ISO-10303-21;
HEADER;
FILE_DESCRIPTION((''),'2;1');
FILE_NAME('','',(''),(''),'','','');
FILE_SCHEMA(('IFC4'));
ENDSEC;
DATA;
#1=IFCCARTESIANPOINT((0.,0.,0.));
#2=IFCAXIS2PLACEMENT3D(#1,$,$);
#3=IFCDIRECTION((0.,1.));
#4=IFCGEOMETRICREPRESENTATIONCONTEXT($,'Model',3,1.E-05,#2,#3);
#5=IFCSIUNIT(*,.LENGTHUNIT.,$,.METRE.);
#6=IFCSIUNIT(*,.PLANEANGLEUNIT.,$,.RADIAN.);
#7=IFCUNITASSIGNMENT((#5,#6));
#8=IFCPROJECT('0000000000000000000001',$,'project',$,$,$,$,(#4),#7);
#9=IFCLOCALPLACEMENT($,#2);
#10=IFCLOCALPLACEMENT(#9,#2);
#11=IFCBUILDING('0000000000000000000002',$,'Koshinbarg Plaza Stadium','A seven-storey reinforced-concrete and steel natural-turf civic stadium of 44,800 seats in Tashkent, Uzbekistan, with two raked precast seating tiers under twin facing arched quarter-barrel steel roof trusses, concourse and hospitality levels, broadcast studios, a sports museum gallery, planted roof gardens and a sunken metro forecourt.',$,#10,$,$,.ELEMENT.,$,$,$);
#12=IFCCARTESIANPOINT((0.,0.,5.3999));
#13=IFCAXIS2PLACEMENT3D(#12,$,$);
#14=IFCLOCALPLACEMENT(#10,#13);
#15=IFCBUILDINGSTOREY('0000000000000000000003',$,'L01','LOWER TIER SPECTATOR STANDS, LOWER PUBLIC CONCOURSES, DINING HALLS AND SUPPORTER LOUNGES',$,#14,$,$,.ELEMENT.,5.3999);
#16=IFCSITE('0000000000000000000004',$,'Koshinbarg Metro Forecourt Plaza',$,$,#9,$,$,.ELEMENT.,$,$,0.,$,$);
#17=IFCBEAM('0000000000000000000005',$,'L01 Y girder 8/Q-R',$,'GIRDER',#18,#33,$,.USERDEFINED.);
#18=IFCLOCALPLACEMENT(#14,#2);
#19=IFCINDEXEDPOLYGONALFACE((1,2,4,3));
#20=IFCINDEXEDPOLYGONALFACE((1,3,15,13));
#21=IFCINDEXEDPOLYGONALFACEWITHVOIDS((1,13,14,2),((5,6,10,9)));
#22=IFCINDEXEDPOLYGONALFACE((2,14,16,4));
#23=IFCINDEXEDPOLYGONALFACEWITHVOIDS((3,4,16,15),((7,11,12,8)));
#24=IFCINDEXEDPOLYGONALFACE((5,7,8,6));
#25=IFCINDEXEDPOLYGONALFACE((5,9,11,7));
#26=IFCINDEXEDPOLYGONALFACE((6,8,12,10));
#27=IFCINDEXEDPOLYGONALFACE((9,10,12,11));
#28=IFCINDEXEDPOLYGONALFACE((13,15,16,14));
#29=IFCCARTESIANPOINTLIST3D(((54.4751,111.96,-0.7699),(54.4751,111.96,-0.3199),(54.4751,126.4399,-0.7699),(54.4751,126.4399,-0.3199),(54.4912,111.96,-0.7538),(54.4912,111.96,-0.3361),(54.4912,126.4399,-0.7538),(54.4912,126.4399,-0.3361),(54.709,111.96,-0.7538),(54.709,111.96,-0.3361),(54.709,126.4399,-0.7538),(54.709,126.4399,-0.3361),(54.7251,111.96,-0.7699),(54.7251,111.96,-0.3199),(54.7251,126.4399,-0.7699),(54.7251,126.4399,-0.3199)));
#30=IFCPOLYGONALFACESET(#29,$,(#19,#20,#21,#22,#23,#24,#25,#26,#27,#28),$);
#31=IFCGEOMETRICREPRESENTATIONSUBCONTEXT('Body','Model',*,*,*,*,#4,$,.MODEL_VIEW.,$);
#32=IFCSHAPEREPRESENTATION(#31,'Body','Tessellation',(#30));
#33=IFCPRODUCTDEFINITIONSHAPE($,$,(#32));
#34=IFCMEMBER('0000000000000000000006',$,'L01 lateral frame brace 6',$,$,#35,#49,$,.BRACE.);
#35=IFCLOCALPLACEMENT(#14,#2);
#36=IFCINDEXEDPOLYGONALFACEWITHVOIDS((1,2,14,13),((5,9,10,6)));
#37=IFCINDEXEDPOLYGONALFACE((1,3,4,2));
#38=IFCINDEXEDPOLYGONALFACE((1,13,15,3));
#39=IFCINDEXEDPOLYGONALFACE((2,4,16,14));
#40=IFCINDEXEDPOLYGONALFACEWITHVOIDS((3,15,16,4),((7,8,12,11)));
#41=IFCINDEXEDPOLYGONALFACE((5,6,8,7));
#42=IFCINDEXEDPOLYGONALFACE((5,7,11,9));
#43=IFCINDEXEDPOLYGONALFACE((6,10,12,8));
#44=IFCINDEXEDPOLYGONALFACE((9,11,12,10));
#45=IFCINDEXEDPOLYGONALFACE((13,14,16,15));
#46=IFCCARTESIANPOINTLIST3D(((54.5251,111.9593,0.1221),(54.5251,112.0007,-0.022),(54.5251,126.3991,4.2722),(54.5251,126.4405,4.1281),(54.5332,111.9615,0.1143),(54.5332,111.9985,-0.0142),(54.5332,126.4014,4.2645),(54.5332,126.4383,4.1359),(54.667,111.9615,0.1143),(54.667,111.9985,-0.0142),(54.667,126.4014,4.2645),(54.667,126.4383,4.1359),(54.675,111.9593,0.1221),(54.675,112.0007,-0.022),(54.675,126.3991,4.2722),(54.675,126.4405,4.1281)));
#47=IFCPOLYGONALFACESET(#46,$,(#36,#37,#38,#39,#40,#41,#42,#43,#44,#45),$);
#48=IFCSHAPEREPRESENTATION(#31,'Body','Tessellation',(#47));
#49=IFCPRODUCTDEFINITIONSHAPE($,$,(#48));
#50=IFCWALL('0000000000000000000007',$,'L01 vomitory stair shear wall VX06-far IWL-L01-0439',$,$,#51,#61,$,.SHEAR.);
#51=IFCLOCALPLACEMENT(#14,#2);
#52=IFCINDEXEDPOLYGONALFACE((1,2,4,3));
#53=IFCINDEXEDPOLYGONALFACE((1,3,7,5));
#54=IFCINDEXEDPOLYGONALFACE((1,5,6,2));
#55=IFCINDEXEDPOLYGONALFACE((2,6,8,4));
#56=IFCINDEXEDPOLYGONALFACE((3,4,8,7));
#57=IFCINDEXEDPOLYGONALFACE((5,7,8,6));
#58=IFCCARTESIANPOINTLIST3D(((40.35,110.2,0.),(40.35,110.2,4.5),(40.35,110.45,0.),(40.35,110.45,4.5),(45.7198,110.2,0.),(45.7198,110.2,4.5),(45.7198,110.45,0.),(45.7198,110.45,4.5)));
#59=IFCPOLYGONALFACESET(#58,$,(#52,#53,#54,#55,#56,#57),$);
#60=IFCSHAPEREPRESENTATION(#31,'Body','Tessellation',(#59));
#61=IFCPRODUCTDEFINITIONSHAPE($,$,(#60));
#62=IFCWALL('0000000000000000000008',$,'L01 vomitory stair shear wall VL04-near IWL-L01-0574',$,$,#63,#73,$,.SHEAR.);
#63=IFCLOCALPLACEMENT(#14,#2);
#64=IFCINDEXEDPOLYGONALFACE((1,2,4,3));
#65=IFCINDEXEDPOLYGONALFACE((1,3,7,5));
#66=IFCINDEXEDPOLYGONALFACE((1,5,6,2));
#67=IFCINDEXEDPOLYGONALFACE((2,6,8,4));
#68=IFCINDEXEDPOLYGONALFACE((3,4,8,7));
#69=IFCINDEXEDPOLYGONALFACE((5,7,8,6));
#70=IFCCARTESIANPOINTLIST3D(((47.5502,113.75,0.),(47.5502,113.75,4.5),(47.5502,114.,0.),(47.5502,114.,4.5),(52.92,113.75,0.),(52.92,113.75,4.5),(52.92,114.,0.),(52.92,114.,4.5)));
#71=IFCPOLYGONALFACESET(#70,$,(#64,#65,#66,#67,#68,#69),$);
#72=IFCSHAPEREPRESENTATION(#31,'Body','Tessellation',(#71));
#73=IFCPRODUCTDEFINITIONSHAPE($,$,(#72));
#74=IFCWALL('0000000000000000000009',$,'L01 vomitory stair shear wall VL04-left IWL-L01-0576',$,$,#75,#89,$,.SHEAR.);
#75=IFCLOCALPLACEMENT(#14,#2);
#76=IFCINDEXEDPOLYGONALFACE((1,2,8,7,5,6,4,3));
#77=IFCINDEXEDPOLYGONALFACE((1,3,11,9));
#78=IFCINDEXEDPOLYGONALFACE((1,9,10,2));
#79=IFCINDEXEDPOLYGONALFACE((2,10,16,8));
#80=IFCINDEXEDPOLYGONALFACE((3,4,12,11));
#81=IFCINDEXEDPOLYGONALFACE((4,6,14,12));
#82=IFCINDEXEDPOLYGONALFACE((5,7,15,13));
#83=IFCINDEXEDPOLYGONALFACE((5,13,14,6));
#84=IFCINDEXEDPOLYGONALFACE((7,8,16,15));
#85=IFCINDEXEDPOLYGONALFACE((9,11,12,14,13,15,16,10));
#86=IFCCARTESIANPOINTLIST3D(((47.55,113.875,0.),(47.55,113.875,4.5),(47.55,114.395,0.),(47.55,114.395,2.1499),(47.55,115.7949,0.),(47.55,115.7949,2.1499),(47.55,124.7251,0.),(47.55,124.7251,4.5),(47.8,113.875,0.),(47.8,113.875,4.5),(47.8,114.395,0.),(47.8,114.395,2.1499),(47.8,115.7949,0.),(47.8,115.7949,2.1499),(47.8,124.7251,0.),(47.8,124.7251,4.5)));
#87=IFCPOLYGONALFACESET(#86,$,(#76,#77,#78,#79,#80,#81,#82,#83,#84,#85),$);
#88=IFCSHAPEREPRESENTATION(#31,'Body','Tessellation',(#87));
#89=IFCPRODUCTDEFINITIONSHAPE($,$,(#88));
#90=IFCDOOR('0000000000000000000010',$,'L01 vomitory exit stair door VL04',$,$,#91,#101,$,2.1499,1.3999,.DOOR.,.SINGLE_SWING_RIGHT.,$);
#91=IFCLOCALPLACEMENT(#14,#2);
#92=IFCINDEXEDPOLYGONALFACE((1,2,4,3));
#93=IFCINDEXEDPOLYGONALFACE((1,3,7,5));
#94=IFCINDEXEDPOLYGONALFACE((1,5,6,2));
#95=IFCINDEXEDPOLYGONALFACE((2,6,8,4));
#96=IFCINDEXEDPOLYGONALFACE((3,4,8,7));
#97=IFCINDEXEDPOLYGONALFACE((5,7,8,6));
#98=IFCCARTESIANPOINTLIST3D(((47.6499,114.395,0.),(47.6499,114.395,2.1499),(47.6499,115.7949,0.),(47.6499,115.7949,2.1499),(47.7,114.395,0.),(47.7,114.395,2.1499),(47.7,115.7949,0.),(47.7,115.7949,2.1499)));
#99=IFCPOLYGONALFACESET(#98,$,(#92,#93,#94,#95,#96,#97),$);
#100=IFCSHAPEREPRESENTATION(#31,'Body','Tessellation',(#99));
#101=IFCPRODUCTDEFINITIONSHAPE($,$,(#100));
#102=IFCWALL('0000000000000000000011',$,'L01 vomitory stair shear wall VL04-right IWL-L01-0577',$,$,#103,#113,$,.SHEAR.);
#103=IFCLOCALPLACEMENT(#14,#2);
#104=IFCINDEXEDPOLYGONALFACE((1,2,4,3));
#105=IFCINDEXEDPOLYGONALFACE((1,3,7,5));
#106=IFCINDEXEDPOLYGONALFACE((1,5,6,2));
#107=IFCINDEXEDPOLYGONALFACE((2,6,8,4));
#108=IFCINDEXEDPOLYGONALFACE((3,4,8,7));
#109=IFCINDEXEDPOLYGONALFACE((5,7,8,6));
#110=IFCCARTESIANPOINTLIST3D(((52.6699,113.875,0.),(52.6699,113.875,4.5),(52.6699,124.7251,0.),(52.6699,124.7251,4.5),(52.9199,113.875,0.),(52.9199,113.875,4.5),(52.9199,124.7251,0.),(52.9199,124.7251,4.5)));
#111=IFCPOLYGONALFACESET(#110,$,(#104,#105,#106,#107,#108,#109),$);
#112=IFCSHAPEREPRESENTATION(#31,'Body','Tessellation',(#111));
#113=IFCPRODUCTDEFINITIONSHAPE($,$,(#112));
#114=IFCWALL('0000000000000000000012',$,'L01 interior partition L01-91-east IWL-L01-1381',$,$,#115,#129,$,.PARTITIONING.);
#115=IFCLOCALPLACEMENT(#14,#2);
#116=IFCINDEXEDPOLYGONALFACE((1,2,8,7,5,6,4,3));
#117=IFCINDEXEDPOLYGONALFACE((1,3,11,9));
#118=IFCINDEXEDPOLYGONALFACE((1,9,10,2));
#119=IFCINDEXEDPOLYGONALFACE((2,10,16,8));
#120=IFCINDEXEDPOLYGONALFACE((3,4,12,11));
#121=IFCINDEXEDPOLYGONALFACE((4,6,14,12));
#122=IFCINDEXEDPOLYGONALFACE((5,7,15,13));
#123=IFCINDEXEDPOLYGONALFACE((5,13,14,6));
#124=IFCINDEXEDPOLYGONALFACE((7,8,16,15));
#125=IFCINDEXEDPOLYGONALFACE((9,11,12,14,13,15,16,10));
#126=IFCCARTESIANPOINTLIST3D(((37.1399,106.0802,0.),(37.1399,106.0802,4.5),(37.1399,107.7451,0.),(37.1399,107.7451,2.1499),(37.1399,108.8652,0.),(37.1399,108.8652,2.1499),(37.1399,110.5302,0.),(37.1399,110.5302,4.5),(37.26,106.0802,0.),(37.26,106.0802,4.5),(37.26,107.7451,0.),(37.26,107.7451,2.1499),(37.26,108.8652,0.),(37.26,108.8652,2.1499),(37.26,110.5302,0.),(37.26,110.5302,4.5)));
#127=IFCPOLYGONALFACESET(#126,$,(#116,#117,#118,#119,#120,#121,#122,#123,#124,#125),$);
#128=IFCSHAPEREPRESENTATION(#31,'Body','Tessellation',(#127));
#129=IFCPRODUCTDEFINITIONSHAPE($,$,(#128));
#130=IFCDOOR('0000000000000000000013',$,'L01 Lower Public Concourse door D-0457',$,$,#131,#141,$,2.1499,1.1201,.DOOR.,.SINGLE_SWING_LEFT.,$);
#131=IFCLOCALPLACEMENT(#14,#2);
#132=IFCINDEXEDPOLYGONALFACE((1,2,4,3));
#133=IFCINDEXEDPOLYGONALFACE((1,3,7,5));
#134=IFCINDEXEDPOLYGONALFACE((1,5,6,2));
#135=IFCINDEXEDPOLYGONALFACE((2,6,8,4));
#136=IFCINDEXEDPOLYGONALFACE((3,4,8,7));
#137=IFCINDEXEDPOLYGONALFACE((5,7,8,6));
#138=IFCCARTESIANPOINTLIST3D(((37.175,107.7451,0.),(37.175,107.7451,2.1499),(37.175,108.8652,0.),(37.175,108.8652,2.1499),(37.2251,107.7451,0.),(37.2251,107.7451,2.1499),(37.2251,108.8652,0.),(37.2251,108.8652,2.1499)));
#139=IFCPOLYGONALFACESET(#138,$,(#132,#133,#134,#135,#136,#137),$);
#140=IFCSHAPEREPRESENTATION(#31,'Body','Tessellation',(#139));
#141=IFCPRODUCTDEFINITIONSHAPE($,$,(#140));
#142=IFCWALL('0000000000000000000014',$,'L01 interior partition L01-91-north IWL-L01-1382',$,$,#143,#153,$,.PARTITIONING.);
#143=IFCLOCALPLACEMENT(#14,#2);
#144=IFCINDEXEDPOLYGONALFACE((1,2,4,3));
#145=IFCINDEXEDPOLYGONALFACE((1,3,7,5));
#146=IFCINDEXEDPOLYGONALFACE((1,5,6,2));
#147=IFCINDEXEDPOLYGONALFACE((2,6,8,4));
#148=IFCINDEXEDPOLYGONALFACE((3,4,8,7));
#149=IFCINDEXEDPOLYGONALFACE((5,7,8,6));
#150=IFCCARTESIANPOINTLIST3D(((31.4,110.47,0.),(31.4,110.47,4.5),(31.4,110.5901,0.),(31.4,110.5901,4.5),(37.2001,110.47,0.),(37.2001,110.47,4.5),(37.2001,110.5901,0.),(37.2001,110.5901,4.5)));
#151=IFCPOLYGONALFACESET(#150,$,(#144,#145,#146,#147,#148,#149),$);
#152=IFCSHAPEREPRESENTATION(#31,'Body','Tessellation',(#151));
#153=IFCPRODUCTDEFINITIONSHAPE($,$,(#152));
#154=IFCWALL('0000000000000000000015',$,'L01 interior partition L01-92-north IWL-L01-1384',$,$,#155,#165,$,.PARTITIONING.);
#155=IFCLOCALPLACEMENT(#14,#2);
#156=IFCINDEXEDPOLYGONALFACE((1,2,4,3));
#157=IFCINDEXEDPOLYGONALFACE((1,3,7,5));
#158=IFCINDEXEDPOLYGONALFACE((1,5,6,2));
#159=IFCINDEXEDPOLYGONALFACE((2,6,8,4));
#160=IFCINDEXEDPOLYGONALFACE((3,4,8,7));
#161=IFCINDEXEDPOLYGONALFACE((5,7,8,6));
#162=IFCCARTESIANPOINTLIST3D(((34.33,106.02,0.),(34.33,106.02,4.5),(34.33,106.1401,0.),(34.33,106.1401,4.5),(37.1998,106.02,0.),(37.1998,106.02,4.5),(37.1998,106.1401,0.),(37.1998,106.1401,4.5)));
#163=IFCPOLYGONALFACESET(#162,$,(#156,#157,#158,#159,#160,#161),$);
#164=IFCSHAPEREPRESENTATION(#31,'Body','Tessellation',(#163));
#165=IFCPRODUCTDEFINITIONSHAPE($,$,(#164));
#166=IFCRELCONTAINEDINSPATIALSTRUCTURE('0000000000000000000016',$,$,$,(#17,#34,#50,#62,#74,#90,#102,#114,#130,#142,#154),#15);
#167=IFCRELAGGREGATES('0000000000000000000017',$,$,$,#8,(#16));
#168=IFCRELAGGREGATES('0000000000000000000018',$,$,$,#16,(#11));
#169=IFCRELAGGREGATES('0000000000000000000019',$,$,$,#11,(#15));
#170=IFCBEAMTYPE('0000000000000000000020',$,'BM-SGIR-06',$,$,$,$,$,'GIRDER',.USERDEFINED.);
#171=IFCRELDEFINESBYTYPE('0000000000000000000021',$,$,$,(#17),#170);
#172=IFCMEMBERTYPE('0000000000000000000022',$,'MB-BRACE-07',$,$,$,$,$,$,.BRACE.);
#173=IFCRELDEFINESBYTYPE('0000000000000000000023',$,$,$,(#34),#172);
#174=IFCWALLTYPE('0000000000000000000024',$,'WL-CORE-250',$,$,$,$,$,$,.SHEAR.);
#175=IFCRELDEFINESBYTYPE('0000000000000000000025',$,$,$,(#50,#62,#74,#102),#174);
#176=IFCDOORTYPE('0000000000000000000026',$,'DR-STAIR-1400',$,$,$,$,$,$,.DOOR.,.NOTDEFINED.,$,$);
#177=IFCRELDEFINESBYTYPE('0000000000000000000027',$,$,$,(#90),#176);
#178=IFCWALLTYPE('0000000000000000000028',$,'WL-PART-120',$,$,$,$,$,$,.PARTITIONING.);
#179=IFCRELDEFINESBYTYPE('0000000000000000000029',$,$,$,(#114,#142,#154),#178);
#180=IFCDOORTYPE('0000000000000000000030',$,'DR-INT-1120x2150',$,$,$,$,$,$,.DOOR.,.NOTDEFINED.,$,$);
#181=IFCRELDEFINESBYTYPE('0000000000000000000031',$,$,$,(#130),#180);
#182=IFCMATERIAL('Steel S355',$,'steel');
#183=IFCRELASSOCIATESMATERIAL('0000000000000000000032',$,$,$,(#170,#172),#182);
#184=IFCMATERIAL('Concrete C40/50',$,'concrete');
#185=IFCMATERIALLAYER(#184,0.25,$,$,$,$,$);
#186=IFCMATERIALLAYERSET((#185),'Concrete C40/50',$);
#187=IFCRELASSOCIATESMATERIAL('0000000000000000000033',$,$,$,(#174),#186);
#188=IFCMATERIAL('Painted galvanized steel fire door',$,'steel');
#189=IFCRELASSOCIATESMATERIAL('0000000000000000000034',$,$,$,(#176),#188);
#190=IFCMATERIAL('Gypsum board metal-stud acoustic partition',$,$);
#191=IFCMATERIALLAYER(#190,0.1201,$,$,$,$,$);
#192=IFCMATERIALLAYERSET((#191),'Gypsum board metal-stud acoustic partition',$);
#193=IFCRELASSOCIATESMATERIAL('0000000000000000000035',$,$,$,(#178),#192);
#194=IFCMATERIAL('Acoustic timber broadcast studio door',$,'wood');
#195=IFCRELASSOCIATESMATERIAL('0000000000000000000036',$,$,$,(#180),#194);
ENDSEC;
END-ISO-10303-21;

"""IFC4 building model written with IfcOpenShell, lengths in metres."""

from ifc_helpers import new_model, si_unit, direction, frame, frame_2d, origin, origin_2d, place, context, subcontext, project, spatial, rectangle, hollow_rectangle, extrude, material, layer, layer_set, material_profile, profile_set, type_object, element, fill, save


model = new_model("IFC4")

# Units and contexts
model_context = context("Model", 3, precision=1e-05, world=origin(), true_north=direction((0.0, 1.0)))
body_context = subcontext(model_context, "Body", "Model", "MODEL_VIEW")
ifc_project = project(units=[si_unit("LENGTHUNIT", "METRE"), si_unit("PLANEANGLEUNIT", "RADIAN")], contexts=[model_context])

# Site, building, storey
site_placement = place(None, origin())
site = spatial("IfcSite", under=ifc_project, at=site_placement, Name="Koshinbarg Metro Forecourt Plaza", CompositionType="ELEMENT", RefElevation=0.0)
building_placement = place(site_placement, origin())
building = spatial("IfcBuilding", under=site, at=building_placement, Name="Koshinbarg Plaza Stadium", Description="A seven-storey reinforced-concrete and steel natural-turf civic stadium of 44,800 seats in Tashkent, Uzbekistan, with two raked precast seating tiers under twin facing arched quarter-barrel steel roof trusses, concourse and hospitality levels, broadcast studios, a sports museum gallery, planted roof gardens and a sunken metro forecourt.", CompositionType="ELEMENT")
storey_placement = place(building_placement, frame((0.0, 0.0, 5.3999)))
storey = spatial("IfcBuildingStorey", under=building, at=storey_placement, Name="L01", Description="LOWER TIER SPECTATOR STANDS, LOWER PUBLIC CONCOURSES, DINING HALLS AND SUPPORTER LOUNGES", CompositionType="ELEMENT", Elevation=5.3999)

# Shared definitions
ifc_material_1 = material(Name="Concrete C40/50", Category="concrete")

# Beam
ifc_material_2 = material(Name="Steel S355", Category="steel")
ifc_material_profile_1 = material_profile(ifc_material_2, hollow_rectangle(XDim=0.25, YDim=0.45, WallThickness=0.0161, at=origin_2d()), Name="RHS 450x250x16")
ifc_profile_set_1 = profile_set([ifc_material_profile_1], Name="Steel S355")
beam_type_1 = type_object("IfcBeamType", Name="BM-SGIR-06", ElementType="GIRDER", PredefinedType="USERDEFINED", material=ifc_profile_set_1)
beam_1_placement = place(storey_placement, frame((54.6001, 111.96, -0.5449), z_axis=(0.0, 1.0, 0.0), x_axis=(-1.0, 0.0, 0.0)))
element("IfcBeam", 1, at=beam_1_placement, inside=storey, type_object=beam_type_1, Name="L01 Y girder 8/Q-R", ObjectType="GIRDER", PredefinedType="USERDEFINED", context=body_context, shape_type="SweptSolid", body=[
    extrude(hollow_rectangle(XDim=0.25, YDim=0.45, WallThickness=0.0161, at=origin_2d()), origin(), (0.0, 0.0, 1.0), 14.48),
])

# Member
ifc_material_profile_2 = material_profile(ifc_material_2, hollow_rectangle(XDim=0.1499, YDim=0.1499, WallThickness=0.0081, at=origin_2d()), Name="SHS 150x150x8")
ifc_profile_set_2 = profile_set([ifc_material_profile_2], Name="Steel S355")
member_type = type_object("IfcMemberType", Name="MB-BRACE-07", PredefinedType="BRACE", material=ifc_profile_set_2)
member_placement = place(storey_placement, frame((54.6001, 111.98, 0.05), z_axis=(0.0, 0.961093, 0.276225), x_axis=(-1.0, 0.0, 0.0)))
element("IfcMember", 2, at=member_placement, inside=storey, type_object=member_type, Name="L01 lateral frame brace 6", PredefinedType="BRACE", context=body_context, shape_type="SweptSolid", body=[
    extrude(hollow_rectangle(XDim=0.1499, YDim=0.1499, WallThickness=0.0081, at=origin_2d()), origin(), (0.0, 0.0, 1.0), 15.0244),
])

# Walls
ifc_layer_1 = layer(ifc_material_1, 0.25)
ifc_layer_set_1 = layer_set([ifc_layer_1], Name="Concrete C40/50")
wall_type_1 = type_object("IfcWallType", Name="WL-CORE-250", PredefinedType="SHEAR", material=ifc_layer_set_1)
for number, where, z_axis, x_axis, name in (
    (3, (45.72, 110.325, 0.0), (0.0, 0.0, 1.0), (-1.0, 0.0, 0.0), "L01 vomitory stair shear wall VX06-far IWL-L01-0439"),
    (4, (47.55, 113.875, 0.0), (0.0, 0.0, 1.0), (1.0, 0.0, 0.0), "L01 vomitory stair shear wall VL04-near IWL-L01-0574"),
):
    element("IfcWall", number, at=place(storey_placement, frame(where, z_axis=z_axis, x_axis=x_axis)), inside=storey, type_object=wall_type_1, Name=name, PredefinedType="SHEAR", context=body_context, shape_type="SweptSolid", body=[
        extrude(rectangle(XDim=5.3699, YDim=0.25, at=frame_2d((2.6851, 0.0))), origin(), (0.0, 0.0, 1.0), 4.5),
    ])

# Wall, opening, door
wall_1_placement = place(storey_placement, frame((47.675, 113.875, 0.0), z_axis=(0.0, 0.0, 1.0), x_axis=(0.0, 1.0, 0.0)))
wall_1 = element("IfcWall", 5, at=wall_1_placement, inside=storey, type_object=wall_type_1, Name="L01 vomitory stair shear wall VL04-left IWL-L01-0576", PredefinedType="SHEAR", context=body_context, shape_type="SweptSolid", body=[
    extrude(rectangle(XDim=10.8501, YDim=0.25, at=frame_2d((5.425, 0.0))), origin(), (0.0, 0.0, 1.0), 4.5),
])
opening_1_placement = place(wall_1_placement, frame((0.52, 0.0, 0.0)))
opening_1 = element("IfcOpeningElement", 6, at=opening_1_placement, cuts=wall_1, PredefinedType="OPENING", context=body_context, shape_type="SweptSolid", body=[
    extrude(rectangle(XDim=1.3999, YDim=2.1499, at=frame_2d((0.7, 1.075))), frame((0.0, 0.135, 0.0), z_axis=(0.0, -1.0, 0.0), x_axis=(1.0, 0.0, 0.0)), (0.0, 0.0, 1.0), 0.27),
])
ifc_material_3 = material(Name="Painted galvanized steel fire door", Category="steel")
door_type_1 = type_object("IfcDoorType", Name="DR-STAIR-1400", OperationType="NOTDEFINED", PredefinedType="DOOR", material=ifc_material_3)
door_1_placement = place(opening_1_placement, frame((1.3999, 0.0, 0.0), z_axis=(0.0, 0.0, 1.0), x_axis=(-1.0, 0.0, 0.0)))
door_1 = element("IfcDoor", 7, at=door_1_placement, inside=storey, type_object=door_type_1, Name="L01 vomitory exit stair door VL04", OperationType="SINGLE_SWING_RIGHT", OverallHeight=2.1499, OverallWidth=1.3999, PredefinedType="DOOR", context=body_context, shape_type="SweptSolid", body=[
    extrude(rectangle(XDim=1.3999, YDim=2.1499, at=frame_2d((0.7, 1.075))), frame((0.0, 0.0249, 0.0), z_axis=(0.0, -1.0, 0.0), x_axis=(1.0, 0.0, 0.0)), (0.0, 0.0, 1.0), 0.05),
])
fill(opening_1, door_1)

# Wall
wall_2_placement = place(storey_placement, frame((52.7949, 113.875, 0.0), z_axis=(0.0, 0.0, 1.0), x_axis=(0.0, 1.0, 0.0)))
element("IfcWall", 8, at=wall_2_placement, inside=storey, type_object=wall_type_1, Name="L01 vomitory stair shear wall VL04-right IWL-L01-0577", PredefinedType="SHEAR", context=body_context, shape_type="SweptSolid", body=[
    extrude(rectangle(XDim=10.8501, YDim=0.25, at=frame_2d((5.425, 0.0))), origin(), (0.0, 0.0, 1.0), 4.5),
])

# Wall, opening, door
ifc_material_4 = material(Name="Gypsum board metal-stud acoustic partition")
ifc_layer_2 = layer(ifc_material_4, 0.1201)
ifc_layer_set_2 = layer_set([ifc_layer_2], Name="Gypsum board metal-stud acoustic partition")
wall_type_2 = type_object("IfcWallType", Name="WL-PART-120", PredefinedType="PARTITIONING", material=ifc_layer_set_2)
wall_3_placement = place(storey_placement, frame((37.2, 106.0801, 0.0), z_axis=(0.0, 0.0, 1.0), x_axis=(0.0, 1.0, 0.0)))
wall_3 = element("IfcWall", 9, at=wall_3_placement, inside=storey, type_object=wall_type_2, Name="L01 interior partition L01-91-east IWL-L01-1381", PredefinedType="PARTITIONING", context=body_context, shape_type="SweptSolid", body=[
    extrude(rectangle(XDim=4.45, YDim=0.1201, at=frame_2d((2.2251, 0.0))), origin(), (0.0, 0.0, 1.0), 4.5),
])
opening_2_placement = place(wall_3_placement, frame((1.665, 0.0, 0.0)))
opening_2 = element("IfcOpeningElement", 10, at=opening_2_placement, cuts=wall_3, PredefinedType="OPENING", context=body_context, shape_type="SweptSolid", body=[
    extrude(rectangle(XDim=1.1201, YDim=2.1499, at=frame_2d((0.5601, 1.075))), frame((0.0, 0.0701, 0.0), z_axis=(0.0, -1.0, 0.0), x_axis=(1.0, 0.0, 0.0)), (0.0, 0.0, 1.0), 0.1401),
])
ifc_material_5 = material(Name="Acoustic timber broadcast studio door", Category="wood")
door_type_2 = type_object("IfcDoorType", Name="DR-INT-1120x2150", OperationType="NOTDEFINED", PredefinedType="DOOR", material=ifc_material_5)
door_2_placement = place(opening_2_placement, origin())
door_2 = element("IfcDoor", 11, at=door_2_placement, inside=storey, type_object=door_type_2, Name="L01 Lower Public Concourse door D-0457", OperationType="SINGLE_SWING_LEFT", OverallHeight=2.1499, OverallWidth=1.1201, PredefinedType="DOOR", context=body_context, shape_type="SweptSolid", body=[
    extrude(rectangle(XDim=1.1201, YDim=2.1499, at=frame_2d((0.5601, 1.075))), frame((0.0, 0.0249, 0.0), z_axis=(0.0, -1.0, 0.0), x_axis=(1.0, 0.0, 0.0)), (0.0, 0.0, 1.0), 0.05),
])
fill(opening_2, door_2)

# Walls
wall_4_placement = place(storey_placement, frame((37.2, 110.53, 0.0), z_axis=(0.0, 0.0, 1.0), x_axis=(-1.0, 0.0, 0.0)))
element("IfcWall", 12, at=wall_4_placement, inside=storey, type_object=wall_type_2, Name="L01 interior partition L01-91-north IWL-L01-1382", PredefinedType="PARTITIONING", context=body_context, shape_type="SweptSolid", body=[
    extrude(rectangle(XDim=5.8, YDim=0.1201, at=frame_2d((2.8999, 0.0))), origin(), (0.0, 0.0, 1.0), 4.5),
])
wall_5_placement = place(storey_placement, frame((37.2, 106.0801, 0.0), z_axis=(0.0, 0.0, 1.0), x_axis=(-1.0, 0.0, 0.0)))
element("IfcWall", 13, at=wall_5_placement, inside=storey, type_object=wall_type_2, Name="L01 interior partition L01-92-north IWL-L01-1384", PredefinedType="PARTITIONING", context=body_context, shape_type="SweptSolid", body=[
    extrude(rectangle(XDim=2.8699, YDim=0.1201, at=frame_2d((1.4351, 0.0))), origin(), (0.0, 0.0, 1.0), 4.5),
])

save(model, "model.ifc")
